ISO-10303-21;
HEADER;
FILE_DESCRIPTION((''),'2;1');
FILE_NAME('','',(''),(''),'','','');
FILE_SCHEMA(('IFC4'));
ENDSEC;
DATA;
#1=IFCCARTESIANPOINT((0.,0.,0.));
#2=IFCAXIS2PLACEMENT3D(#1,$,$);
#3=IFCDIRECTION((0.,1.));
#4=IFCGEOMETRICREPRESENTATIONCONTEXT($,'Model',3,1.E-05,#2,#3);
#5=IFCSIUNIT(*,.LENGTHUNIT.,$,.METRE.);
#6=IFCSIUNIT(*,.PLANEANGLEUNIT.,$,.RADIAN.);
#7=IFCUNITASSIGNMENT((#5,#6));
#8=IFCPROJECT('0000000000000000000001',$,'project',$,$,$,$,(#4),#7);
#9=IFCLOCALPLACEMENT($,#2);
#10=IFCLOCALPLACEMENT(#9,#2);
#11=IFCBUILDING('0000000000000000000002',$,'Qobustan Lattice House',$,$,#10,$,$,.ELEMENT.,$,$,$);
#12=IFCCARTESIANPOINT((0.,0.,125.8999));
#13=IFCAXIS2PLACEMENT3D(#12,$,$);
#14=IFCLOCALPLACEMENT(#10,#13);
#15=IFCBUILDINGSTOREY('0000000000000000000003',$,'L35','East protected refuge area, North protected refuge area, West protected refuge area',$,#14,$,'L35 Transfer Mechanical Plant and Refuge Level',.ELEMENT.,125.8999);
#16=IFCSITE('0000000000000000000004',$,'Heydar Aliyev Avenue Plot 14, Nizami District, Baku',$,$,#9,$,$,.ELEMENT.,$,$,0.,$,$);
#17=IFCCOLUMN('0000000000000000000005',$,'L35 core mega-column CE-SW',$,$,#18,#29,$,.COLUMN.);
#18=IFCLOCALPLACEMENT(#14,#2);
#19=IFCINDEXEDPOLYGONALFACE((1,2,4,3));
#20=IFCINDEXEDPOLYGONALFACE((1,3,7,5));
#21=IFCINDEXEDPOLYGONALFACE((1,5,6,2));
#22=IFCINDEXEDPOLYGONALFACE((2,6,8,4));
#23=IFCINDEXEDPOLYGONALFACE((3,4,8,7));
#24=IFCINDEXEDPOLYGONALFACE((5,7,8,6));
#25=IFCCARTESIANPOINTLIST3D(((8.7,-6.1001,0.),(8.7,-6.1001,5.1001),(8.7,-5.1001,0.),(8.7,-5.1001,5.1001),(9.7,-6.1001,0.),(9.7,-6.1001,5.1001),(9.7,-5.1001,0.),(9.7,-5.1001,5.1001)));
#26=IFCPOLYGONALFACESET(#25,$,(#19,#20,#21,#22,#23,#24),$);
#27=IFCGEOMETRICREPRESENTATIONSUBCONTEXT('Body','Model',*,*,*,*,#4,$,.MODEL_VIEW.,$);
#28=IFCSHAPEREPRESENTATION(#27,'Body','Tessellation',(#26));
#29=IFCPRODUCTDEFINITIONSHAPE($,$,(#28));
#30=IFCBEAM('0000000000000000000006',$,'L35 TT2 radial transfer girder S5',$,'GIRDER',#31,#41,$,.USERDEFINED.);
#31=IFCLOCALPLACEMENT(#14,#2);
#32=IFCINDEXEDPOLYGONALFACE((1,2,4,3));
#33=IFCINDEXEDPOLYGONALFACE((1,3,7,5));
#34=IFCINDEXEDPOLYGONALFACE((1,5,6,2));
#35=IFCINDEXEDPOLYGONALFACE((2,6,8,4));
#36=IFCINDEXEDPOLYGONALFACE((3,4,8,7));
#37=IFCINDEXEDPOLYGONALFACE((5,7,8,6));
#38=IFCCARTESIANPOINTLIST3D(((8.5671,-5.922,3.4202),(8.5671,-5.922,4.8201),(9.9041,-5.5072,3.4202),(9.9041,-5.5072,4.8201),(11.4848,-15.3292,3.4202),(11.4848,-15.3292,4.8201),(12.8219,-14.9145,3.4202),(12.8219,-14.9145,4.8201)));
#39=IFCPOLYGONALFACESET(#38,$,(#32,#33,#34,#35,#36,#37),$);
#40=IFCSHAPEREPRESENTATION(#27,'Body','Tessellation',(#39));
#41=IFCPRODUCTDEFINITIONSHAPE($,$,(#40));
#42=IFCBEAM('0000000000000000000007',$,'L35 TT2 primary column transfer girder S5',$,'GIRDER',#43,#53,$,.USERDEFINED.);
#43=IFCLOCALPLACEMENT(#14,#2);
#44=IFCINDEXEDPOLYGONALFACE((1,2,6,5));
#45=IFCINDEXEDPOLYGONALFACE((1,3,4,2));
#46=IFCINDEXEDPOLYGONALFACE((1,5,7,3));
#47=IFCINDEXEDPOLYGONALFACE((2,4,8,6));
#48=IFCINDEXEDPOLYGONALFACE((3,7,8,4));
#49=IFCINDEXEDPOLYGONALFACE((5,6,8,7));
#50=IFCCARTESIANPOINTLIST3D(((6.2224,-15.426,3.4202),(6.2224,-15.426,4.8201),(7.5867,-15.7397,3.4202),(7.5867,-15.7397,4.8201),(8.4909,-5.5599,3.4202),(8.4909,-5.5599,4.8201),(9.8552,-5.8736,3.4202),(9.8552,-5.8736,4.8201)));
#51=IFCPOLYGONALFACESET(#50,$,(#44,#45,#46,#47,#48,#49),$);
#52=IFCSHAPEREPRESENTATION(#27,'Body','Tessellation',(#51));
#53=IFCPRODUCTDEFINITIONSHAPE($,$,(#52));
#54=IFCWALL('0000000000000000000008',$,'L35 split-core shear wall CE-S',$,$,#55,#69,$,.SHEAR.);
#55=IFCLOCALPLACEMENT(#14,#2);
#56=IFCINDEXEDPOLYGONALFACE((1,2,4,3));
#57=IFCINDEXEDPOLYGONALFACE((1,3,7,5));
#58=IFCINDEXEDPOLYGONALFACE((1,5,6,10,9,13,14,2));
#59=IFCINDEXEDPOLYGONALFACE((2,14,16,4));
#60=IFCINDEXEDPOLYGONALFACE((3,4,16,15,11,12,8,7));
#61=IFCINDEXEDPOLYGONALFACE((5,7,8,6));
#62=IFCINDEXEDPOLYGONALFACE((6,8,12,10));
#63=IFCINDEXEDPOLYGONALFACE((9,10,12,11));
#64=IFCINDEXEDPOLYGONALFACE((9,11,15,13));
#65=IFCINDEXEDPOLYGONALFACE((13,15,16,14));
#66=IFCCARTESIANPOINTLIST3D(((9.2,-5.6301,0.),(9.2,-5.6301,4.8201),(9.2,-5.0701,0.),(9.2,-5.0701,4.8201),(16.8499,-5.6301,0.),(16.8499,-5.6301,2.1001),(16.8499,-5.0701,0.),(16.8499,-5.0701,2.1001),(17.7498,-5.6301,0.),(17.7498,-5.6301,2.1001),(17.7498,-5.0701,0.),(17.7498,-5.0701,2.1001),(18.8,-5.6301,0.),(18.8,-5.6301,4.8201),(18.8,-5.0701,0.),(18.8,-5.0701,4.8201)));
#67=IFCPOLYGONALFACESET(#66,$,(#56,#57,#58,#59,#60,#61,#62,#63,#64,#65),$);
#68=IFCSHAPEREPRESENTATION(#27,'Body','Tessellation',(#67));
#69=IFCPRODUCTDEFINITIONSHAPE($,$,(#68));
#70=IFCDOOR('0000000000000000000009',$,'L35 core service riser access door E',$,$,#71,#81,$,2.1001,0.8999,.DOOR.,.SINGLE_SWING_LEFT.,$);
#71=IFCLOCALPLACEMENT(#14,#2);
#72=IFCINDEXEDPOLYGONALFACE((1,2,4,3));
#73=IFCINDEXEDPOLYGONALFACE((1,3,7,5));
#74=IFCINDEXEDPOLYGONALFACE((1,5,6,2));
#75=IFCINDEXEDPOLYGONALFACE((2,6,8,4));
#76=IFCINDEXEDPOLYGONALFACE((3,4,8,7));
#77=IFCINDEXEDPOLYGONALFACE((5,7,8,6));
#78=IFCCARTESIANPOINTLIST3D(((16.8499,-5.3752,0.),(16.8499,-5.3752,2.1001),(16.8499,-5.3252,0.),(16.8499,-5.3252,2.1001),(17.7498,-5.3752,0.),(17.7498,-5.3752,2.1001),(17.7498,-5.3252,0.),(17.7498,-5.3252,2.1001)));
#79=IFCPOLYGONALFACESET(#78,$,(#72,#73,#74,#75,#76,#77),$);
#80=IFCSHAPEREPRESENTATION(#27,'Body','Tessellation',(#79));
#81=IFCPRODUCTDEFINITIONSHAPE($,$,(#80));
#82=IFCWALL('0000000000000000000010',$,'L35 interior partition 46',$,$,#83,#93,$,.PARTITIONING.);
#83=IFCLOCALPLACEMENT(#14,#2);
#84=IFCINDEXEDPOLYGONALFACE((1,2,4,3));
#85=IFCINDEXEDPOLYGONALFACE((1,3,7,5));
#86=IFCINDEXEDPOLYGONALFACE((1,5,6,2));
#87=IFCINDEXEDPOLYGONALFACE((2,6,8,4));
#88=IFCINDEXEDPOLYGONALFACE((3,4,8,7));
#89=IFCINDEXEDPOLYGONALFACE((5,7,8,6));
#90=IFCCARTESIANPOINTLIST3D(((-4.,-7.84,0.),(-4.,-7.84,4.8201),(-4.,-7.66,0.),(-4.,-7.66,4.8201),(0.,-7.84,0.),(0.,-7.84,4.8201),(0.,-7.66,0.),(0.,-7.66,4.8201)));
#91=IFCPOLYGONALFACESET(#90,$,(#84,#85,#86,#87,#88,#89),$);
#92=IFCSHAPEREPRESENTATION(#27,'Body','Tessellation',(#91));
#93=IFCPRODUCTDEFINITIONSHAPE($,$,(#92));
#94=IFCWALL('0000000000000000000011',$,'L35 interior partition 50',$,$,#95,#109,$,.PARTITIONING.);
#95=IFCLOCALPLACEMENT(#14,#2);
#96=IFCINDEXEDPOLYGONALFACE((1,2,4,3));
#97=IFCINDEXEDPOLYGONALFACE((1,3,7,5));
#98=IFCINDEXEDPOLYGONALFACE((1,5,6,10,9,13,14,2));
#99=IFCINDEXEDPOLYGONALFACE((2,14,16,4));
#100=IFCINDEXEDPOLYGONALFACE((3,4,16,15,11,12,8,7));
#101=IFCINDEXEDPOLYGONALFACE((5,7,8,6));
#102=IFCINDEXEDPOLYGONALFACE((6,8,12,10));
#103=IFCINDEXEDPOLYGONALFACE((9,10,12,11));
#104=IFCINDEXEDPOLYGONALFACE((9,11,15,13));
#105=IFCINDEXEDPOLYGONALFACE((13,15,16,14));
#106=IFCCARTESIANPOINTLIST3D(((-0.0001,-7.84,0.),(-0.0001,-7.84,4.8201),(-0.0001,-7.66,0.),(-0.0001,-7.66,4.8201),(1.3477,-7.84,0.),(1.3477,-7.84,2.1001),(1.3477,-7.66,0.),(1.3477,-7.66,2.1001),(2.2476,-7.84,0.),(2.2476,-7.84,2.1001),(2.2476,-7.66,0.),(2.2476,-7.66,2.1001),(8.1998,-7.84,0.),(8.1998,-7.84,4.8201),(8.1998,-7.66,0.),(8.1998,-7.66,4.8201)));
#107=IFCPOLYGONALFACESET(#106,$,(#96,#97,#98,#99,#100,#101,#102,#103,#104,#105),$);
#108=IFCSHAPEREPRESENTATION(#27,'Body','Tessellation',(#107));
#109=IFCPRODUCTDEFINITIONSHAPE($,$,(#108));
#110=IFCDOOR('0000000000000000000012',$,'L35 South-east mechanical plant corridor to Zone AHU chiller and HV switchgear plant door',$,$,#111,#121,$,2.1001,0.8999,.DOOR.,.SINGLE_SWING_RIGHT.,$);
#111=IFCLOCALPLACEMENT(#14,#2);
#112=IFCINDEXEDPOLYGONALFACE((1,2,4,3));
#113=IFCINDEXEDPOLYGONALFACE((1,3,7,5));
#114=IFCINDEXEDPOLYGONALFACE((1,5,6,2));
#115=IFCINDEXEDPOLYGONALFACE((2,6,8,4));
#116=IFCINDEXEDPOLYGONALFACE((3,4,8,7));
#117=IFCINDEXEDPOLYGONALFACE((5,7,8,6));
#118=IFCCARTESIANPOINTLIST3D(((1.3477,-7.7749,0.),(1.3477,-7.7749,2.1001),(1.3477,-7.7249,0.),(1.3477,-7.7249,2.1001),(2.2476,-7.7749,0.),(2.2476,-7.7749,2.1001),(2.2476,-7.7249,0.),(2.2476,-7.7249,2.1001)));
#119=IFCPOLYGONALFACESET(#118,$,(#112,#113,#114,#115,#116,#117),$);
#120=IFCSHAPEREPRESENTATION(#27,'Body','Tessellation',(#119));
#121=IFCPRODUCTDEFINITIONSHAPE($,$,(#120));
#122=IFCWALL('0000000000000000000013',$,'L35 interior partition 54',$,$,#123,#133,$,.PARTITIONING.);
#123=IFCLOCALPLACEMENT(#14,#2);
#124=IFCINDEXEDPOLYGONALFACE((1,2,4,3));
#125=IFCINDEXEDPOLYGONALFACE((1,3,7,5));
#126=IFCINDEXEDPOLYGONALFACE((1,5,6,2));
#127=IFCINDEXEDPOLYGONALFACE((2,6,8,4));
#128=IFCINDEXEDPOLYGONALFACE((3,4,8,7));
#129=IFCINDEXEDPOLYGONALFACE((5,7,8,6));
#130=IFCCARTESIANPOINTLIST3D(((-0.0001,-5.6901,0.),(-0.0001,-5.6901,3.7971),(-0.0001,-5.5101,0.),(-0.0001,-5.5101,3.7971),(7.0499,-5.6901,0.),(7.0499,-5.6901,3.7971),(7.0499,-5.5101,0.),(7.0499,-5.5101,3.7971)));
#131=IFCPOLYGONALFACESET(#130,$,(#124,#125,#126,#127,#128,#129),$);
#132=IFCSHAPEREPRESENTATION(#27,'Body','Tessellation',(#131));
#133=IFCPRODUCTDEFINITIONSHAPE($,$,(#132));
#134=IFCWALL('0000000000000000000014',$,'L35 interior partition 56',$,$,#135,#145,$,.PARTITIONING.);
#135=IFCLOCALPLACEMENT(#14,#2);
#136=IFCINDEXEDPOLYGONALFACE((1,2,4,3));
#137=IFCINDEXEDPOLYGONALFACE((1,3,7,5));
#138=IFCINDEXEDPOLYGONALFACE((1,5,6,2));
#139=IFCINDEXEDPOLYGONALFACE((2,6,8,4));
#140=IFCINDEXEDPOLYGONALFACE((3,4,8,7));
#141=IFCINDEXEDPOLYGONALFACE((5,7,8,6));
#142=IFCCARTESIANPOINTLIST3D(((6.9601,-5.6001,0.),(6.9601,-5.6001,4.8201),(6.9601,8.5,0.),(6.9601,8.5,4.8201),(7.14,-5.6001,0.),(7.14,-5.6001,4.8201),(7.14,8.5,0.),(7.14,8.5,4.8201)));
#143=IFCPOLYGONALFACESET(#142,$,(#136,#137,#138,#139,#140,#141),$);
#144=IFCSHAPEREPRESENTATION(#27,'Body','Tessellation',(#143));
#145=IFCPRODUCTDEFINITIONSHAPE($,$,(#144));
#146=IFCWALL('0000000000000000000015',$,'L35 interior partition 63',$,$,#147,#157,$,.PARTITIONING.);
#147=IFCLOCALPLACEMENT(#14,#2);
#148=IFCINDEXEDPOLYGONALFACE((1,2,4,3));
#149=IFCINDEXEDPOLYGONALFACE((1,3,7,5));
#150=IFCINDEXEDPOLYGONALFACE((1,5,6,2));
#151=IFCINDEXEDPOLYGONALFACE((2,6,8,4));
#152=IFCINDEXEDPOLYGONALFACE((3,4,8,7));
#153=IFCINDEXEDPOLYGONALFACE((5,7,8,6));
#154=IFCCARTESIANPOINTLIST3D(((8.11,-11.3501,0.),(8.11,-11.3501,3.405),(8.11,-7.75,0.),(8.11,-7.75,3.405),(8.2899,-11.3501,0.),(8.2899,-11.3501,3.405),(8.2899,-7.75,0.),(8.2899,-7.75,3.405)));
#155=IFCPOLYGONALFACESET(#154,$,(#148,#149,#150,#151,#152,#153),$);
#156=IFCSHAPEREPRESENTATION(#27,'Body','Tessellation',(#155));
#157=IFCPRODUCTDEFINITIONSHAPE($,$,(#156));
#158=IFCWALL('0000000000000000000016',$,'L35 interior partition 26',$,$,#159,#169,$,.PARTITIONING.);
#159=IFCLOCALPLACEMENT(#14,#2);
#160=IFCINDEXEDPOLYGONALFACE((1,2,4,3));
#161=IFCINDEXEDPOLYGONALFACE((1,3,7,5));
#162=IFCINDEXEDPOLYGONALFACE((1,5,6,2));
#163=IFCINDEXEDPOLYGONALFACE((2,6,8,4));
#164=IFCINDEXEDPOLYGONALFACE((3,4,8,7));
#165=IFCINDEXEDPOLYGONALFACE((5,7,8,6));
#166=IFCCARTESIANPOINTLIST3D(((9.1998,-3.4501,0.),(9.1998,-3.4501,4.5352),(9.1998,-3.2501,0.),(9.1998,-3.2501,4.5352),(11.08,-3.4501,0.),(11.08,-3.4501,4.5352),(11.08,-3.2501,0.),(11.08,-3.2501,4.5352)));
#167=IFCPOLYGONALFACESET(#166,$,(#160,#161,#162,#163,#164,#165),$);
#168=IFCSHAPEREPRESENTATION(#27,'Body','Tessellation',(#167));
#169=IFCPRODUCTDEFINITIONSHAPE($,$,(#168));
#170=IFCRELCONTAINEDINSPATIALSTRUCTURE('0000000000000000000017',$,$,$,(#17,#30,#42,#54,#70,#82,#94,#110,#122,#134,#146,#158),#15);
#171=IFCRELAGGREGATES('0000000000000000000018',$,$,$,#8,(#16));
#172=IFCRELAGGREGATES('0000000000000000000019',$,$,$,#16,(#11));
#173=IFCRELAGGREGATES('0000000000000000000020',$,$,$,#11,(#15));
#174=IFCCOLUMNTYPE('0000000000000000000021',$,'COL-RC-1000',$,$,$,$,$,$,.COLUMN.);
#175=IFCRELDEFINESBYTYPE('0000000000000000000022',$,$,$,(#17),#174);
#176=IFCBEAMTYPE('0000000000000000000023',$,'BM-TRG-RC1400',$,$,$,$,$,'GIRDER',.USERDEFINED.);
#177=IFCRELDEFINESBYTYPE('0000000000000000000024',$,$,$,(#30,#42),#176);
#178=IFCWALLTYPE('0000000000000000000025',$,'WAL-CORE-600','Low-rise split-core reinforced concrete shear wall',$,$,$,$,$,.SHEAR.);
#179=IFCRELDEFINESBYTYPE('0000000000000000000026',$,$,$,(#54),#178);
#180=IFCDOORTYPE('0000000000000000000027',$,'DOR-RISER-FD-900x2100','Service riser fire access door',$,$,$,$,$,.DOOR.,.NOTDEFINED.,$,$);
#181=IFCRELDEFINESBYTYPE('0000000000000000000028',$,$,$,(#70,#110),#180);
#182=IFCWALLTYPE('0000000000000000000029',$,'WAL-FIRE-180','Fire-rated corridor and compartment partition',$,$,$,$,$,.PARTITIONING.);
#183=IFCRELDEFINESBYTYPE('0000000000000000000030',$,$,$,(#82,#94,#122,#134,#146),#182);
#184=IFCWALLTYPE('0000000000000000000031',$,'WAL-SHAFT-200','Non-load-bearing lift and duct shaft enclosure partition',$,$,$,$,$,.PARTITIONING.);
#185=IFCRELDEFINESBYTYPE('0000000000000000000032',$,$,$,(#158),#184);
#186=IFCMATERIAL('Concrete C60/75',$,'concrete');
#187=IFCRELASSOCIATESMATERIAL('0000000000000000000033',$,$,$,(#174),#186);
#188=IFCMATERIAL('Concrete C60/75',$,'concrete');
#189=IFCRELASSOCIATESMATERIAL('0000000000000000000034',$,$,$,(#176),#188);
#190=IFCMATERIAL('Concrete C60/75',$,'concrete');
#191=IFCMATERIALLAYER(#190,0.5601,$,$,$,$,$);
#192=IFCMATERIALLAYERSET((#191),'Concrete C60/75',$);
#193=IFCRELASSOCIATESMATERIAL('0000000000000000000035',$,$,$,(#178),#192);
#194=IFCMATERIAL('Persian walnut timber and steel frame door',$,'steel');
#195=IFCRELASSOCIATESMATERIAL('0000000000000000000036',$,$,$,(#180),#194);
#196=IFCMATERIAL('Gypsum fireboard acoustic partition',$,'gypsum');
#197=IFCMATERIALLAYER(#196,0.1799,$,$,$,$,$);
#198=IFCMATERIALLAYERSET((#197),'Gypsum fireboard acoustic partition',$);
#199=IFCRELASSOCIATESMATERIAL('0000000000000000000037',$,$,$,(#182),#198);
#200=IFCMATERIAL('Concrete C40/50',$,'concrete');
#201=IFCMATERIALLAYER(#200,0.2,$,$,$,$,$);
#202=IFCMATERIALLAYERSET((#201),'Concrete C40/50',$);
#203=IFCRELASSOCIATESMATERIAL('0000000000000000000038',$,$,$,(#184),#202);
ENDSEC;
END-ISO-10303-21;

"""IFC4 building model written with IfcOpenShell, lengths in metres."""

from ifc_helpers import new_model, si_unit, direction, frame, frame_2d, origin, origin_2d, place, context, subcontext, project, spatial, rectangle, extrude, material, layer, layer_set, material_profile, profile_set, type_object, element, fill, save


model = new_model("IFC4")

# Units and contexts
model_context = context("Model", 3, precision=1e-05, world=origin(), true_north=direction((0.0, 1.0)))
body_context = subcontext(model_context, "Body", "Model", "MODEL_VIEW")
ifc_project = project(units=[si_unit("LENGTHUNIT", "METRE"), si_unit("PLANEANGLEUNIT", "RADIAN")], contexts=[model_context])

# Site, building, storey
site_placement = place(None, origin())
site = spatial("IfcSite", under=ifc_project, at=site_placement, Name="Heydar Aliyev Avenue Plot 14, Nizami District, Baku", CompositionType="ELEMENT", RefElevation=0.0)
building_placement = place(site_placement, origin())
building = spatial("IfcBuilding", under=site, at=building_placement, Name="Qobustan Lattice House", CompositionType="ELEMENT")
storey_placement = place(building_placement, frame((0.0, 0.0, 125.8999)))
storey = spatial("IfcBuildingStorey", under=building, at=storey_placement, Name="L35", Description="East protected refuge area, North protected refuge area, West protected refuge area", LongName="L35 Transfer Mechanical Plant and Refuge Level", CompositionType="ELEMENT", Elevation=125.8999)

# Column
ifc_material_1 = material(Name="Concrete C60/75", Category="concrete")
ifc_material_profile_1 = material_profile(ifc_material_1, rectangle(XDim=1.0, YDim=1.0, at=origin_2d()), Name="RC1000x1000")
ifc_profile_set_1 = profile_set([ifc_material_profile_1], Name="Concrete C60/75")
column_type = type_object("IfcColumnType", Name="COL-RC-1000", PredefinedType="COLUMN", material=ifc_profile_set_1)
column_placement = place(storey_placement, frame((9.2, -5.6001, 0.0), z_axis=(0.0, 0.0, 1.0), x_axis=(1.0, 0.0, 0.0)))
element("IfcColumn", 1, at=column_placement, inside=storey, type_object=column_type, Name="L35 core mega-column CE-SW", PredefinedType="COLUMN", context=body_context, shape_type="SweptSolid", body=[
    extrude(rectangle(XDim=1.0, YDim=1.0, at=origin_2d()), origin(), (0.0, 0.0, 1.0), 5.1001),
])

# Beams
ifc_material_2 = material(Name="Concrete C60/75", Category="concrete")
ifc_material_profile_2 = material_profile(ifc_material_2, rectangle(XDim=1.3999, YDim=1.3999, at=origin_2d()), Name="RC1400x1400")
ifc_profile_set_2 = profile_set([ifc_material_profile_2], Name="Concrete C60/75")
beam_type = type_object("IfcBeamType", Name="BM-TRG-RC1400", ElementType="GIRDER", PredefinedType="USERDEFINED", material=ifc_profile_set_2)
beam_1_placement = place(storey_placement, frame((9.2356, -5.7146, 4.1201), z_axis=(0.296236, -0.955115, 0.0), x_axis=(0.955115, 0.296236, 0.0)))
element("IfcBeam", 2, at=beam_1_placement, inside=storey, type_object=beam_type, Name="L35 TT2 radial transfer girder S5", ObjectType="GIRDER", PredefinedType="USERDEFINED", context=body_context, shape_type="SweptSolid", body=[
    extrude(rectangle(XDim=1.3999, YDim=1.3999, at=origin_2d()), origin(), (0.0, 0.0, 1.0), 9.8494),
])
beam_2_placement = place(storey_placement, frame((9.1731, -5.7168, 4.1201), z_axis=(-0.22409, -0.974569, 0.0), x_axis=(0.974569, -0.22409, 0.0)))
element("IfcBeam", 3, at=beam_2_placement, inside=storey, type_object=beam_type, Name="L35 TT2 primary column transfer girder S5", ObjectType="GIRDER", PredefinedType="USERDEFINED", context=body_context, shape_type="SweptSolid", body=[
    extrude(rectangle(XDim=1.3999, YDim=1.3999, at=origin_2d()), origin(), (0.0, 0.0, 1.0), 10.1235),
])

# Wall, opening, door
ifc_material_3 = material(Name="Concrete C60/75", Category="concrete")
ifc_layer_1 = layer(ifc_material_3, 0.5601)
ifc_layer_set_1 = layer_set([ifc_layer_1], Name="Concrete C60/75")
wall_type_1 = type_object("IfcWallType", Name="WAL-CORE-600", Description="Low-rise split-core reinforced concrete shear wall", PredefinedType="SHEAR", material=ifc_layer_set_1)
wall_1_placement = place(storey_placement, frame((9.2, -5.3501, 0.0), z_axis=(0.0, 0.0, 1.0), x_axis=(1.0, 0.0, 0.0)))
wall_1 = element("IfcWall", 4, at=wall_1_placement, inside=storey, type_object=wall_type_1, Name="L35 split-core shear wall CE-S", PredefinedType="SHEAR", context=body_context, shape_type="SweptSolid", body=[
    extrude(rectangle(XDim=9.6001, YDim=0.5601, at=frame_2d((4.8, 0.0))), origin(), (0.0, 0.0, 1.0), 4.8201),
])
opening_1_placement = place(wall_1_placement, frame((7.6499, 0.0, 0.0)))
opening_1 = element("IfcOpeningElement", 5, at=opening_1_placement, cuts=wall_1, PredefinedType="OPENING", context=body_context, shape_type="SweptSolid", body=[
    extrude(rectangle(XDim=0.8999, YDim=2.1001, at=frame_2d((0.45, 1.05))), frame((0.0, 0.29, 0.0), z_axis=(0.0, -1.0, 0.0), x_axis=(1.0, 0.0, 0.0)), (0.0, 0.0, 1.0), 0.5801),
])
ifc_material_4 = material(Name="Persian walnut timber and steel frame door", Category="steel")
door_type_1 = type_object("IfcDoorType", Name="DOR-RISER-FD-900x2100", Description="Service riser fire access door", OperationType="NOTDEFINED", PredefinedType="DOOR", material=ifc_material_4)
door_1_placement = place(opening_1_placement, origin())
door_1 = element("IfcDoor", 6, at=door_1_placement, inside=storey, type_object=door_type_1, Name="L35 core service riser access door E", OperationType="SINGLE_SWING_LEFT", OverallHeight=2.1001, OverallWidth=0.8999, PredefinedType="DOOR", context=body_context, shape_type="SweptSolid", body=[
    extrude(rectangle(XDim=0.8999, YDim=2.1001, at=frame_2d((0.45, 1.05))), frame((0.0, 0.0249, 0.0), z_axis=(0.0, -1.0, 0.0), x_axis=(1.0, 0.0, 0.0)), (0.0, 0.0, 1.0), 0.05),
])
fill(opening_1, door_1)

# Wall
ifc_material_5 = material(Name="Gypsum fireboard acoustic partition", Category="gypsum")
ifc_layer_2 = layer(ifc_material_5, 0.1799)
ifc_layer_set_2 = layer_set([ifc_layer_2], Name="Gypsum fireboard acoustic partition")
wall_type_2 = type_object("IfcWallType", Name="WAL-FIRE-180", Description="Fire-rated corridor and compartment partition", PredefinedType="PARTITIONING", material=ifc_layer_set_2)
wall_2_placement = place(storey_placement, frame((0.0, -7.75, 0.0), z_axis=(0.0, 0.0, 1.0), x_axis=(-1.0, 0.0, 0.0)))
element("IfcWall", 7, at=wall_2_placement, inside=storey, type_object=wall_type_2, Name="L35 interior partition 46", PredefinedType="PARTITIONING", context=body_context, shape_type="SweptSolid", body=[
    extrude(rectangle(XDim=4.0, YDim=0.1799, at=frame_2d((2.0, 0.0))), origin(), (0.0, 0.0, 1.0), 4.8201),
])

# Wall, opening, door
wall_3_placement = place(storey_placement, frame((8.2, -7.75, 0.0), z_axis=(0.0, 0.0, 1.0), x_axis=(-1.0, 0.0, 0.0)))
wall_3 = element("IfcWall", 8, at=wall_3_placement, inside=storey, type_object=wall_type_2, Name="L35 interior partition 50", PredefinedType="PARTITIONING", context=body_context, shape_type="SweptSolid", body=[
    extrude(rectangle(XDim=8.2, YDim=0.1799, at=frame_2d((4.1001, 0.0))), origin(), (0.0, 0.0, 1.0), 4.8201),
])
opening_2_placement = place(wall_3_placement, frame((5.9524, 0.0, 0.0)))
opening_2 = element("IfcOpeningElement", 9, at=opening_2_placement, cuts=wall_3, PredefinedType="OPENING", context=body_context, shape_type="SweptSolid", body=[
    extrude(rectangle(XDim=0.8999, YDim=2.1001, at=frame_2d((0.45, 1.05))), frame((0.0, 0.0999, 0.0), z_axis=(0.0, -1.0, 0.0), x_axis=(1.0, 0.0, 0.0)), (0.0, 0.0, 1.0), 0.2),
])
door_2_placement = place(opening_2_placement, origin())
door_2 = element("IfcDoor", 10, at=door_2_placement, inside=storey, type_object=door_type_1, Name="L35 South-east mechanical plant corridor to Zone AHU chiller and HV switchgear plant door", OperationType="SINGLE_SWING_RIGHT", OverallHeight=2.1001, OverallWidth=0.8999, PredefinedType="DOOR", context=body_context, shape_type="SweptSolid", body=[
    extrude(rectangle(XDim=0.8999, YDim=2.1001, at=frame_2d((0.45, 1.05))), frame((0.0, 0.0249, 0.0), z_axis=(0.0, -1.0, 0.0), x_axis=(1.0, 0.0, 0.0)), (0.0, 0.0, 1.0), 0.05),
])
fill(opening_2, door_2)

# Walls
wall_4_placement = place(storey_placement, frame((0.0, -5.6001, 0.0), z_axis=(0.0, 0.0, 1.0), x_axis=(1.0, 0.0, 0.0)))
element("IfcWall", 11, at=wall_4_placement, inside=storey, type_object=wall_type_2, Name="L35 interior partition 54", PredefinedType="PARTITIONING", context=body_context, shape_type="SweptSolid", body=[
    extrude(rectangle(XDim=7.05, YDim=0.1799, at=frame_2d((3.5249, 0.0))), origin(), (0.0, 0.0, 1.0), 3.7971),
])
wall_5_placement = place(storey_placement, frame((7.05, -5.6001, 0.0), z_axis=(0.0, 0.0, 1.0), x_axis=(0.0, 1.0, 0.0)))
element("IfcWall", 12, at=wall_5_placement, inside=storey, type_object=wall_type_2, Name="L35 interior partition 56", PredefinedType="PARTITIONING", context=body_context, shape_type="SweptSolid", body=[
    extrude(rectangle(XDim=14.1001, YDim=0.1799, at=frame_2d((7.05, 0.0))), origin(), (0.0, 0.0, 1.0), 4.8201),
])
wall_6_placement = place(storey_placement, frame((8.2, -7.75, 0.0), z_axis=(0.0, 0.0, 1.0), x_axis=(0.0, -1.0, 0.0)))
element("IfcWall", 13, at=wall_6_placement, inside=storey, type_object=wall_type_2, Name="L35 interior partition 63", PredefinedType="PARTITIONING", context=body_context, shape_type="SweptSolid", body=[
    extrude(rectangle(XDim=3.6001, YDim=0.1799, at=frame_2d((1.8, 0.0))), origin(), (0.0, 0.0, 1.0), 3.405),
])
ifc_material_6 = material(Name="Concrete C40/50", Category="concrete")
ifc_layer_3 = layer(ifc_material_6, 0.2)
ifc_layer_set_3 = layer_set([ifc_layer_3], Name="Concrete C40/50")
wall_type_3 = type_object("IfcWallType", Name="WAL-SHAFT-200", Description="Non-load-bearing lift and duct shaft enclosure partition", PredefinedType="PARTITIONING", material=ifc_layer_set_3)
wall_7_placement = place(storey_placement, frame((9.2, -3.3501, 0.0), z_axis=(0.0, 0.0, 1.0), x_axis=(1.0, 0.0, 0.0)))
element("IfcWall", 14, at=wall_7_placement, inside=storey, type_object=wall_type_3, Name="L35 interior partition 26", PredefinedType="PARTITIONING", context=body_context, shape_type="SweptSolid", body=[
    extrude(rectangle(XDim=1.8801, YDim=0.2, at=frame_2d((0.9399, 0.0))), origin(), (0.0, 0.0, 1.0), 4.5352),
])

save(model, "model.ifc")
